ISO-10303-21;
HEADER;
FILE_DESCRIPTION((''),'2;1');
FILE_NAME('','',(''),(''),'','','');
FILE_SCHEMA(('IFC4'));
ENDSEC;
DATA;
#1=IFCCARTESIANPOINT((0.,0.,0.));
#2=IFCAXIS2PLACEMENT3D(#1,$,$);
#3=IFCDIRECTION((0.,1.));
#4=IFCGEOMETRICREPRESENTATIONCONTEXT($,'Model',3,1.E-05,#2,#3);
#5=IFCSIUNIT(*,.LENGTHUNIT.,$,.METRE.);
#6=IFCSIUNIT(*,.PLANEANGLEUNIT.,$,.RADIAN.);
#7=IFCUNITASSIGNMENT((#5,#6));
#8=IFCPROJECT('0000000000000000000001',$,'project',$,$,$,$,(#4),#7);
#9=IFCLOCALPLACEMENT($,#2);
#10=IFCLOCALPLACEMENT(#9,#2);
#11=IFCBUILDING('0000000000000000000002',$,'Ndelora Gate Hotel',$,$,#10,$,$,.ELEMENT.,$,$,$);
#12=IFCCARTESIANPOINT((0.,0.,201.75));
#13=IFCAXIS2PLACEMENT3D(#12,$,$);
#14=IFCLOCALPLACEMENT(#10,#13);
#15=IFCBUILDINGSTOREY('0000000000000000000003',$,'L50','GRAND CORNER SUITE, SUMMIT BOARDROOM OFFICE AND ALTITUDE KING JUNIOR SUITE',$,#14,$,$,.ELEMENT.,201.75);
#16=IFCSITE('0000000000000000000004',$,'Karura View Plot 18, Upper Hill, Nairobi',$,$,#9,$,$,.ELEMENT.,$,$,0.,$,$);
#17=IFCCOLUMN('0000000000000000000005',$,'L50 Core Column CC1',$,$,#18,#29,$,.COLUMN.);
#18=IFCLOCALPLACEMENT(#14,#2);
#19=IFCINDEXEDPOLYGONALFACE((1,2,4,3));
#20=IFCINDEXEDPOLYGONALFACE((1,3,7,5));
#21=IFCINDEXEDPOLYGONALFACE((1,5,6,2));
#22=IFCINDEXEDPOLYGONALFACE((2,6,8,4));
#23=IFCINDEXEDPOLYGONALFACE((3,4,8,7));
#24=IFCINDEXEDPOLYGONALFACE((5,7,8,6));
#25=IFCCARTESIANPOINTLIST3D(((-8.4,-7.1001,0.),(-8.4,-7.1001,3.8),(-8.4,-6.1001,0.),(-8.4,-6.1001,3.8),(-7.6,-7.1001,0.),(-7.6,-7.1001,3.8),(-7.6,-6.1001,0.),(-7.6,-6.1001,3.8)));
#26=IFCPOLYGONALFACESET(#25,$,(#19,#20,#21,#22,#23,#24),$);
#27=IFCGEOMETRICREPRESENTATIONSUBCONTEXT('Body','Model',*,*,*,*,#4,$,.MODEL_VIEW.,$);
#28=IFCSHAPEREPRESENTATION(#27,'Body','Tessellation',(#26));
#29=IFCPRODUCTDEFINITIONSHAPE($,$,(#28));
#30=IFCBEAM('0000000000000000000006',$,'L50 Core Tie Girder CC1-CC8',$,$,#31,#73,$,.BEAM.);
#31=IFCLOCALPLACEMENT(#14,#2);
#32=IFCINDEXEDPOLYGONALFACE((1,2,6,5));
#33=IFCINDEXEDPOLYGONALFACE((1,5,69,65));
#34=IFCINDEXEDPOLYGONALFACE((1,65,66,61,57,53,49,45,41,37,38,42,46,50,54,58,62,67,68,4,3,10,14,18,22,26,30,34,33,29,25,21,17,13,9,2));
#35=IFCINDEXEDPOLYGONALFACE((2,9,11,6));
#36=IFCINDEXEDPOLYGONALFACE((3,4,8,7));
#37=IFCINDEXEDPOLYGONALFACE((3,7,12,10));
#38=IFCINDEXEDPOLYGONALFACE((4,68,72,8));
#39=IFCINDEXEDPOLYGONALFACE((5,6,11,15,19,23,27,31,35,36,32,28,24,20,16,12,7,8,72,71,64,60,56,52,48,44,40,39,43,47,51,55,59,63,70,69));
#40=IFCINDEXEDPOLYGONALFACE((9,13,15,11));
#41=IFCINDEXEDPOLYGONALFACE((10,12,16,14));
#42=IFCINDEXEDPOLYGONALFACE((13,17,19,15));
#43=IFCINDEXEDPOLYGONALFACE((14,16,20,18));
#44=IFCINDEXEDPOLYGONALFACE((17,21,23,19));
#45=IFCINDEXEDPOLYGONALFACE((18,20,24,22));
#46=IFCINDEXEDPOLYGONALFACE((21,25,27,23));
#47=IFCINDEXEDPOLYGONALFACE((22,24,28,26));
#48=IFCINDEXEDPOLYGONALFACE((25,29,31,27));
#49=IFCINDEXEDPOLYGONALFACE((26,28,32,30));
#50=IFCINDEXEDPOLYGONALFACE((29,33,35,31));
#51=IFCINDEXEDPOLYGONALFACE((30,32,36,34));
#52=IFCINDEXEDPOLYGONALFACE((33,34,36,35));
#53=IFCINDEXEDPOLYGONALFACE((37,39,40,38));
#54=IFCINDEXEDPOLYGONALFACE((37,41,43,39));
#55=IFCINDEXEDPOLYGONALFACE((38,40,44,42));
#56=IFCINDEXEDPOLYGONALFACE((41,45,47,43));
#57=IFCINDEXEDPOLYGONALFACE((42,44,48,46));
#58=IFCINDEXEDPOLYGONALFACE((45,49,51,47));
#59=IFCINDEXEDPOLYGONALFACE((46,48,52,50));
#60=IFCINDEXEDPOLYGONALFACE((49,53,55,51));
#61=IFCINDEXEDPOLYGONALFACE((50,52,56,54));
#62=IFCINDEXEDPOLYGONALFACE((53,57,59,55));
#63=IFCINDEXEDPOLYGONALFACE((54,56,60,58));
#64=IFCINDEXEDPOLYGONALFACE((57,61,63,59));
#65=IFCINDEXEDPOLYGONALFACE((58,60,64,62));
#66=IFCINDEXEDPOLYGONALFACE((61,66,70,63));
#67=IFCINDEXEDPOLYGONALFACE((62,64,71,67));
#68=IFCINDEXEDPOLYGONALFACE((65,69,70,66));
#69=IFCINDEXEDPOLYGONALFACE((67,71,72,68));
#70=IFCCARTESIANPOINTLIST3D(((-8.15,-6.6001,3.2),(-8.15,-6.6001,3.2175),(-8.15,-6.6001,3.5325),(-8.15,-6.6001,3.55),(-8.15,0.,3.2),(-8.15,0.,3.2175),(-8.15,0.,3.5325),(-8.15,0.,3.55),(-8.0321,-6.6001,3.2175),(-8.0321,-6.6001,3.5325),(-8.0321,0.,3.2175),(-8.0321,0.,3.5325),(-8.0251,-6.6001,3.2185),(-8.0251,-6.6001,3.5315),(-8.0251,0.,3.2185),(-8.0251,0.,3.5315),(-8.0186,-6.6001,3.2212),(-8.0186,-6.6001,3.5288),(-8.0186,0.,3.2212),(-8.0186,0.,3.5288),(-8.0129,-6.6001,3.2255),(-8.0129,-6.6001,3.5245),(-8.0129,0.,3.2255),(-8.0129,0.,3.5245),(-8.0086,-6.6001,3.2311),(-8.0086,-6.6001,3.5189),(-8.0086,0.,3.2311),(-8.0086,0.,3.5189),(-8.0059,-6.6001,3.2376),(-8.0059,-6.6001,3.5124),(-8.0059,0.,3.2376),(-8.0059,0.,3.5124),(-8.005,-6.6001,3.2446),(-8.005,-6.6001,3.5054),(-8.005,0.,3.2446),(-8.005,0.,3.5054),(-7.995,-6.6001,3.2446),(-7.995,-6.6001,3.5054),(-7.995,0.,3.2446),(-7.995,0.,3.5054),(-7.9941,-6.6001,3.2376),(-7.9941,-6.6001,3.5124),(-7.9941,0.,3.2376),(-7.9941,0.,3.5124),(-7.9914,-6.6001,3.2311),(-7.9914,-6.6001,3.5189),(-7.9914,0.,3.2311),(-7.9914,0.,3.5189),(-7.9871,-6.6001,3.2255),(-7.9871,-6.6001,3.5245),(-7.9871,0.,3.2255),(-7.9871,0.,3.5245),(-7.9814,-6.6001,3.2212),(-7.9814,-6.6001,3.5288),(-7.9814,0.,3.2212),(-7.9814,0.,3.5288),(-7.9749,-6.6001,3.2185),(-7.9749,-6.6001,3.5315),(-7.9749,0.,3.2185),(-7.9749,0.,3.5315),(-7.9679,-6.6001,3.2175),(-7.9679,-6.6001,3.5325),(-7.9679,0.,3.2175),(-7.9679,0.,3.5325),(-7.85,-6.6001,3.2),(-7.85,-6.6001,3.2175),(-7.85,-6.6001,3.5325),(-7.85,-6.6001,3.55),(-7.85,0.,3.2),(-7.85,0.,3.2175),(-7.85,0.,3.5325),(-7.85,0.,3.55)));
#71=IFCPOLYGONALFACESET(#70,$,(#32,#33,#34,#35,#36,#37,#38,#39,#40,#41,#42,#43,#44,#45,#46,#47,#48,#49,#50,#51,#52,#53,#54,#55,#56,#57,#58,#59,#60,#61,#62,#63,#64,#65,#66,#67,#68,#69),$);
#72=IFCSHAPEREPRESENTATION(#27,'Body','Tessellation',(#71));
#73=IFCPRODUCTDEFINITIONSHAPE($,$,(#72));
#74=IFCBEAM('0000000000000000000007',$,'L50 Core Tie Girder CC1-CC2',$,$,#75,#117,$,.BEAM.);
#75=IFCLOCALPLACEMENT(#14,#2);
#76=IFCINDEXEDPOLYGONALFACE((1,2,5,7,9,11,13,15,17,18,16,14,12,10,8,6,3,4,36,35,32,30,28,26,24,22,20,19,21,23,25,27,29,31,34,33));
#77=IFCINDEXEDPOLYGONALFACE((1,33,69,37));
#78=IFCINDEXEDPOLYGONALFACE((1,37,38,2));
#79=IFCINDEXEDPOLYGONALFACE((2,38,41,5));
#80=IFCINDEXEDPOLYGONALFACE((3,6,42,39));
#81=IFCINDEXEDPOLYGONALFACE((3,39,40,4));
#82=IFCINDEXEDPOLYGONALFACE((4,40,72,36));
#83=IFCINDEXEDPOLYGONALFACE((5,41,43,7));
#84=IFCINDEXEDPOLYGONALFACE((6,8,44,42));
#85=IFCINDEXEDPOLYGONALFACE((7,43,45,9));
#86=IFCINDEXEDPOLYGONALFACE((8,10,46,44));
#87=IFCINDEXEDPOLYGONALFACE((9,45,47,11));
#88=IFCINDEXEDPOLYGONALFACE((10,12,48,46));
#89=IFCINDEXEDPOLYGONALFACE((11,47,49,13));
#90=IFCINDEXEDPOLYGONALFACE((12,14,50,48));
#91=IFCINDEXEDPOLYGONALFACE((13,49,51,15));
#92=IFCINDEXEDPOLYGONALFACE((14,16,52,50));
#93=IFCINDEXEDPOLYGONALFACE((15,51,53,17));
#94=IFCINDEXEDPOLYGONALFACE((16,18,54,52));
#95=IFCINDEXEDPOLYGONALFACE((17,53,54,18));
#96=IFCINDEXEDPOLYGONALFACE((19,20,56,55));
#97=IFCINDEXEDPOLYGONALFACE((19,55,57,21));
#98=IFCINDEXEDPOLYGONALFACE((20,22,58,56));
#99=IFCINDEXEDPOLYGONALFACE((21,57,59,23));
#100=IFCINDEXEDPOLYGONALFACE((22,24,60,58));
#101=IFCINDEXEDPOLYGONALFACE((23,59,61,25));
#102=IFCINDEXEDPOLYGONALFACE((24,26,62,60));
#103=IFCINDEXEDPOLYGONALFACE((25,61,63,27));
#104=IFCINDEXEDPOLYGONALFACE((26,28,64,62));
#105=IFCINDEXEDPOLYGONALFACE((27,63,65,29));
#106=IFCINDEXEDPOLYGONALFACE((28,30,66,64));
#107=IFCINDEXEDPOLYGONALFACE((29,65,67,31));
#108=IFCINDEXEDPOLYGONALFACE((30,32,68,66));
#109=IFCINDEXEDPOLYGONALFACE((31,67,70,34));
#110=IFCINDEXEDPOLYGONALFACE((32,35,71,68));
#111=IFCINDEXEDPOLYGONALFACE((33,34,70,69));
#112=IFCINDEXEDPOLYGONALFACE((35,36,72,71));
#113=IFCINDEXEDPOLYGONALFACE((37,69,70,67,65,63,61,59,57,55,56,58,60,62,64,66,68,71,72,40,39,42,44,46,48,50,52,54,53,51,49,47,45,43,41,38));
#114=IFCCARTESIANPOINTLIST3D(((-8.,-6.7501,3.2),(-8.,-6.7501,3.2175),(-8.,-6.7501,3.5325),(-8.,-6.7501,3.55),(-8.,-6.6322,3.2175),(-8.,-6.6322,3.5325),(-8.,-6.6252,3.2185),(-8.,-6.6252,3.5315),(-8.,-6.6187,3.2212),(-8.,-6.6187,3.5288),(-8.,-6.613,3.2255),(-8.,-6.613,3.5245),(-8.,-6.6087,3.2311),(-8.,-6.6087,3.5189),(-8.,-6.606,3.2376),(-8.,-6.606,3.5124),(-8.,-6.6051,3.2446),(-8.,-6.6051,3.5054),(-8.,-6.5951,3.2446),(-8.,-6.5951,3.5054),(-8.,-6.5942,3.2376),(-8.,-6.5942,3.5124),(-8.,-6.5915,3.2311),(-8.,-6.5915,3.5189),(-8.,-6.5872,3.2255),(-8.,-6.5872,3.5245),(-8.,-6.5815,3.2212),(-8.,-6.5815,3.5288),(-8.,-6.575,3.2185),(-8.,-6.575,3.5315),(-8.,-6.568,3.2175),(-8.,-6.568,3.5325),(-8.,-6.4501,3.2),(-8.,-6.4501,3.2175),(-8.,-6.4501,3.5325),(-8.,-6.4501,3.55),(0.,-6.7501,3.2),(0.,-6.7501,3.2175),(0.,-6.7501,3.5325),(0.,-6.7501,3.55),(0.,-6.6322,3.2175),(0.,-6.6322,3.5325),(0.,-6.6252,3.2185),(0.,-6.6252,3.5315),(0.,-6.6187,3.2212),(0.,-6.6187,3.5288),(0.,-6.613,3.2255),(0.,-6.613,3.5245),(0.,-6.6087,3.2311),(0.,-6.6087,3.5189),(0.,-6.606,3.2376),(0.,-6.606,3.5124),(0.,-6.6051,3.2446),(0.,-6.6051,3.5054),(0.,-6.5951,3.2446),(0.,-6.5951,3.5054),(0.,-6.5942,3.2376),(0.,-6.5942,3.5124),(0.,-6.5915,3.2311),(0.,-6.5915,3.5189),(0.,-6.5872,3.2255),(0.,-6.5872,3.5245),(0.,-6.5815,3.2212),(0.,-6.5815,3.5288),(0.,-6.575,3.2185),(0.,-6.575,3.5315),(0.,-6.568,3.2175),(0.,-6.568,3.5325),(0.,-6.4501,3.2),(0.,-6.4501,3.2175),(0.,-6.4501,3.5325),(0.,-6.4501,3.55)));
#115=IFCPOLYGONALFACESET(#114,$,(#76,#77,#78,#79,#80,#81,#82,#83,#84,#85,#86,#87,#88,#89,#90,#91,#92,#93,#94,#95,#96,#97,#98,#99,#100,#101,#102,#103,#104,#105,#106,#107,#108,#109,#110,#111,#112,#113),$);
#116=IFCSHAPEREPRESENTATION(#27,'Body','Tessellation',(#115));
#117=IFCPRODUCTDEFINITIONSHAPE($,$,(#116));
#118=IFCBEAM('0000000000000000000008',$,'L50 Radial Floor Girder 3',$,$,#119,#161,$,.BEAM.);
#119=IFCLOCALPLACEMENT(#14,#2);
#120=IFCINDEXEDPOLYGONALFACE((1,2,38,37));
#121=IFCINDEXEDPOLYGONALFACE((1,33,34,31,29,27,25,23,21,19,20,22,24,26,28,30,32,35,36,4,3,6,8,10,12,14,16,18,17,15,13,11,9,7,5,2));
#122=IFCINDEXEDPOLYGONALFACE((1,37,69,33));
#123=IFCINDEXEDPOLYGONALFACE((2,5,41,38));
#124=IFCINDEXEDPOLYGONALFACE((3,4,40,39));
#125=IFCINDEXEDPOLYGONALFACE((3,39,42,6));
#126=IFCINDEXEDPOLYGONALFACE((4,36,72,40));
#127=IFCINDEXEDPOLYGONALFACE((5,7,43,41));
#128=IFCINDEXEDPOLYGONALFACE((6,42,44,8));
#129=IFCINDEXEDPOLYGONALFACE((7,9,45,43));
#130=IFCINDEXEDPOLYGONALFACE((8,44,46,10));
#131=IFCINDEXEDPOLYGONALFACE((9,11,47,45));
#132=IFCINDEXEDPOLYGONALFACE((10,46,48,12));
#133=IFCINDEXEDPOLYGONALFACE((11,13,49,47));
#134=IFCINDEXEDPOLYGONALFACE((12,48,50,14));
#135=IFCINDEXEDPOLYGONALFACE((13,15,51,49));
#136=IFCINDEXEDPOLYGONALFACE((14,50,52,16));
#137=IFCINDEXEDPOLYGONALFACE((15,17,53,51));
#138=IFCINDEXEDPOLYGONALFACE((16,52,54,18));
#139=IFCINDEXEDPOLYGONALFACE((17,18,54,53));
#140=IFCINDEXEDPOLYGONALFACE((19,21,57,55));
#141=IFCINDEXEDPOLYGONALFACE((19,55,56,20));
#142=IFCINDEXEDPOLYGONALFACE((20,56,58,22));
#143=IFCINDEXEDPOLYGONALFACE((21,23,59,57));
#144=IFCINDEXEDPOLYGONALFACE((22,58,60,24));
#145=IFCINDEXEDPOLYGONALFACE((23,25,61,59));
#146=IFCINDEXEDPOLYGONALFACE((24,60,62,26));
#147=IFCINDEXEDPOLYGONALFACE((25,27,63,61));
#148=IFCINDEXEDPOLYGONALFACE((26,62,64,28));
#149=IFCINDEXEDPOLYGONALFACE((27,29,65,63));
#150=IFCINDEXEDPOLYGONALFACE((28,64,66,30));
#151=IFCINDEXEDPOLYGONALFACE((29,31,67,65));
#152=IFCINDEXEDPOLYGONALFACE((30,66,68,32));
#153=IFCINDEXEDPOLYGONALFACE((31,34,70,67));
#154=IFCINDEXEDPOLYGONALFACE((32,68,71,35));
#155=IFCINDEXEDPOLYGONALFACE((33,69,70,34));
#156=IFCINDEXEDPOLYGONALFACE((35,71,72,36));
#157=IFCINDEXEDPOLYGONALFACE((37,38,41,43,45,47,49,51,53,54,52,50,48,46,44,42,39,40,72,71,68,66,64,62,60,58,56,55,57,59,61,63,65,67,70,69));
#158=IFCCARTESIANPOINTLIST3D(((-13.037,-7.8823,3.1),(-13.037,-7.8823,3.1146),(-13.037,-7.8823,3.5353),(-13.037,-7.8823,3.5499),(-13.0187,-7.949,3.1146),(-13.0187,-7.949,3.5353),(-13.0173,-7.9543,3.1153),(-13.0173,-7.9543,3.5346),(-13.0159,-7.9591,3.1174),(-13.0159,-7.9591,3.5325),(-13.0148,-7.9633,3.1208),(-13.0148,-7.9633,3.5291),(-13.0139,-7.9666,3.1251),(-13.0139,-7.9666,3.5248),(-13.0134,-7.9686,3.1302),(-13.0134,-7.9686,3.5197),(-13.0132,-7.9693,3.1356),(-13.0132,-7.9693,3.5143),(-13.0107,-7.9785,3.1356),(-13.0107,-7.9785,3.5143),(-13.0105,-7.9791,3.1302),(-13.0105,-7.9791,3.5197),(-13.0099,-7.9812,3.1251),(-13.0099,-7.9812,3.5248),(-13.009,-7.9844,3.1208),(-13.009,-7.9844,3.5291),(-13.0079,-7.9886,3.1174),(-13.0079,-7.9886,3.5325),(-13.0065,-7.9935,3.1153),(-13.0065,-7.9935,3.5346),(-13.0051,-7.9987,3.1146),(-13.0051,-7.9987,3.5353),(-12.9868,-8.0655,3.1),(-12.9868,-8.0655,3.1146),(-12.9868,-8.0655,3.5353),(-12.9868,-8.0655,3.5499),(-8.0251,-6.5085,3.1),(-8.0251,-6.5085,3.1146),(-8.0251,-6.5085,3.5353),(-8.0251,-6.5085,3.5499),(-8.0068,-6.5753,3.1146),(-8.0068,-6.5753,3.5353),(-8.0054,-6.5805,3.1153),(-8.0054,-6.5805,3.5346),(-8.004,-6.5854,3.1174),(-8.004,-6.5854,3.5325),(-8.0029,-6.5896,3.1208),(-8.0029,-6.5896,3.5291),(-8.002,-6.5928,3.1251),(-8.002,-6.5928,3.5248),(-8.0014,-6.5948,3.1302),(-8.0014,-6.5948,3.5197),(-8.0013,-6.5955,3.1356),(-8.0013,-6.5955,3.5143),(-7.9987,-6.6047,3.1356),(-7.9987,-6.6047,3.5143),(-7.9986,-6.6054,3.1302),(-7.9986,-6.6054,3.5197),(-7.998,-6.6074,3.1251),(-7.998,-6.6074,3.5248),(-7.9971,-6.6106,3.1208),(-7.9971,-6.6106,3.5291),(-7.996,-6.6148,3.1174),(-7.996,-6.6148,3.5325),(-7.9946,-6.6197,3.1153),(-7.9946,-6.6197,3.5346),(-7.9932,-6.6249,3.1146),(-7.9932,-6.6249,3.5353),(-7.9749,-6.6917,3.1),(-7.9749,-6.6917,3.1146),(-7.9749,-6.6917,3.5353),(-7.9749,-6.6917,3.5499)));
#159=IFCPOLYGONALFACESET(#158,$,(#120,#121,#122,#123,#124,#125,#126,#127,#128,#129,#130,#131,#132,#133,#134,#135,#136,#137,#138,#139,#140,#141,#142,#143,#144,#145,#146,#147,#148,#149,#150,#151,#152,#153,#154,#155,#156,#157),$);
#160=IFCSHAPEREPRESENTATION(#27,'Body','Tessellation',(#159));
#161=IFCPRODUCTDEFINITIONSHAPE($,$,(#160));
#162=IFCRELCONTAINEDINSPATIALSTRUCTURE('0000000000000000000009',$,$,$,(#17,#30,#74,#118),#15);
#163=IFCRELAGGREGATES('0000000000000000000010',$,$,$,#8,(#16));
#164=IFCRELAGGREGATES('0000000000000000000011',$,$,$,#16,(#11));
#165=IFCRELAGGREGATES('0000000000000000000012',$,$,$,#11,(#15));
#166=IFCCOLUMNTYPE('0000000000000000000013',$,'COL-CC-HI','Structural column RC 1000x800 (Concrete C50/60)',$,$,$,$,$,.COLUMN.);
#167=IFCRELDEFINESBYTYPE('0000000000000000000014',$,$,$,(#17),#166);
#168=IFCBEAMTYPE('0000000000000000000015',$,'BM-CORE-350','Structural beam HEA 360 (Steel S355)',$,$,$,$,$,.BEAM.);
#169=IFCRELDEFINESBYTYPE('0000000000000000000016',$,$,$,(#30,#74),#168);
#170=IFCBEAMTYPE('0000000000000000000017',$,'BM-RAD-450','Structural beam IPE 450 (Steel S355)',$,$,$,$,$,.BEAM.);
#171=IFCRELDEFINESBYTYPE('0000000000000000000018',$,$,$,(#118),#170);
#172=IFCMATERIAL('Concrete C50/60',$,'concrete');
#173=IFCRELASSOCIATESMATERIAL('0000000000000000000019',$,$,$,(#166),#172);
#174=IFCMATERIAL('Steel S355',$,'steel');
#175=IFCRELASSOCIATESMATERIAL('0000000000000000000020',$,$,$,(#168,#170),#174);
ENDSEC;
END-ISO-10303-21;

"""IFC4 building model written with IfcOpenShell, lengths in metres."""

from ifc_helpers import new_model, si_unit, direction, frame, origin, origin_2d, place, context, subcontext, project, spatial, rectangle, i_section, extrude, material, material_profile, profile_set, type_object, element, save


model = new_model("IFC4")

# Units and contexts
model_context = context("Model", 3, precision=1e-05, world=origin(), true_north=direction((0.0, 1.0)))
body_context = subcontext(model_context, "Body", "Model", "MODEL_VIEW")
ifc_project = project(units=[si_unit("LENGTHUNIT", "METRE"), si_unit("PLANEANGLEUNIT", "RADIAN")], contexts=[model_context])

# Site, building, storey
site_placement = place(None, origin())
site = spatial("IfcSite", under=ifc_project, at=site_placement, Name="Karura View Plot 18, Upper Hill, Nairobi", CompositionType="ELEMENT", RefElevation=0.0)
building_placement = place(site_placement, origin())
building = spatial("IfcBuilding", under=site, at=building_placement, Name="Ndelora Gate Hotel", CompositionType="ELEMENT")
storey_placement = place(building_placement, frame((0.0, 0.0, 201.75)))
storey = spatial("IfcBuildingStorey", under=building, at=storey_placement, Name="L50", Description="GRAND CORNER SUITE, SUMMIT BOARDROOM OFFICE AND ALTITUDE KING JUNIOR SUITE", CompositionType="ELEMENT", Elevation=201.75)

# Column
ifc_material_1 = material(Name="Concrete C50/60", Category="concrete")
ifc_material_profile_1 = material_profile(ifc_material_1, rectangle(XDim=0.8, YDim=1.0, at=origin_2d()), Name="RC 1000x800")
ifc_profile_set_1 = profile_set([ifc_material_profile_1], Name="Concrete C50/60")
column_type = type_object("IfcColumnType", Name="COL-CC-HI", Description="Structural column RC 1000x800 (Concrete C50/60)", PredefinedType="COLUMN", material=ifc_profile_set_1)
column_placement = place(storey_placement, frame((-8.0, -6.6001, 0.0), z_axis=(0.0, 0.0, 1.0), x_axis=(1.0, 0.0, 0.0)))
element("IfcColumn", 1, at=column_placement, inside=storey, type_object=column_type, Name="L50 Core Column CC1", PredefinedType="COLUMN", context=body_context, shape_type="SweptSolid", body=[
    extrude(rectangle(XDim=0.8, YDim=1.0, at=origin_2d()), origin(), (0.0, 0.0, 1.0), 3.8),
])

# Beams
ifc_material_2 = material(Name="Steel S355", Category="steel")
ifc_material_profile_2 = material_profile(ifc_material_2, i_section(OverallWidth=0.3, OverallDepth=0.3501, WebThickness=0.01, FlangeThickness=0.0176, FilletRadius=0.0271, at=origin_2d()), Name="HEA 360")
ifc_profile_set_2 = profile_set([ifc_material_profile_2], Name="Steel S355")
beam_type_1 = type_object("IfcBeamType", Name="BM-CORE-350", Description="Structural beam HEA 360 (Steel S355)", PredefinedType="BEAM", material=ifc_profile_set_2)
beam_1_placement = place(storey_placement, frame((-8.0, -6.6001, 3.375), z_axis=(0.0, 1.0, 0.0), x_axis=(-1.0, 0.0, 0.0)))
element("IfcBeam", 2, at=beam_1_placement, inside=storey, type_object=beam_type_1, Name="L50 Core Tie Girder CC1-CC8", PredefinedType="BEAM", context=body_context, shape_type="SweptSolid", body=[
    extrude(i_section(OverallWidth=0.3, OverallDepth=0.3501, WebThickness=0.01, FlangeThickness=0.0176, FilletRadius=0.0271, at=origin_2d()), origin(), (0.0, 0.0, 1.0), 6.6001),
])
beam_2_placement = place(storey_placement, frame((-8.0, -6.6001, 3.375), z_axis=(1.0, 0.0, 0.0), x_axis=(0.0, 1.0, 0.0)))
element("IfcBeam", 3, at=beam_2_placement, inside=storey, type_object=beam_type_1, Name="L50 Core Tie Girder CC1-CC2", PredefinedType="BEAM", context=body_context, shape_type="SweptSolid", body=[
    extrude(i_section(OverallWidth=0.3, OverallDepth=0.3501, WebThickness=0.01, FlangeThickness=0.0176, FilletRadius=0.0271, at=origin_2d()), origin(), (0.0, 0.0, 1.0), 8.0),
])
ifc_material_profile_3 = material_profile(ifc_material_2, i_section(OverallWidth=0.1899, OverallDepth=0.45, WebThickness=0.0095, FlangeThickness=0.0146, FilletRadius=0.021, at=origin_2d()), Name="IPE 450")
ifc_profile_set_3 = profile_set([ifc_material_profile_3], Name="Steel S355")
beam_type_2 = type_object("IfcBeamType", Name="BM-RAD-450", Description="Structural beam IPE 450 (Steel S355)", PredefinedType="BEAM", material=ifc_profile_set_3)
beam_3_placement = place(storey_placement, frame((-8.0, -6.6001, 3.325), z_axis=(-0.964427, -0.264349, 0.0), x_axis=(0.264349, -0.964427, 0.0)))
element("IfcBeam", 4, at=beam_3_placement, inside=storey, type_object=beam_type_2, Name="L50 Radial Floor Girder 3", PredefinedType="BEAM", context=body_context, shape_type="SweptSolid", body=[
    extrude(i_section(OverallWidth=0.1899, OverallDepth=0.45, WebThickness=0.0095, FlangeThickness=0.0146, FilletRadius=0.021, at=origin_2d()), origin(), (0.0, 0.0, 1.0), 5.1968),
])

save(model, "model.ifc")
